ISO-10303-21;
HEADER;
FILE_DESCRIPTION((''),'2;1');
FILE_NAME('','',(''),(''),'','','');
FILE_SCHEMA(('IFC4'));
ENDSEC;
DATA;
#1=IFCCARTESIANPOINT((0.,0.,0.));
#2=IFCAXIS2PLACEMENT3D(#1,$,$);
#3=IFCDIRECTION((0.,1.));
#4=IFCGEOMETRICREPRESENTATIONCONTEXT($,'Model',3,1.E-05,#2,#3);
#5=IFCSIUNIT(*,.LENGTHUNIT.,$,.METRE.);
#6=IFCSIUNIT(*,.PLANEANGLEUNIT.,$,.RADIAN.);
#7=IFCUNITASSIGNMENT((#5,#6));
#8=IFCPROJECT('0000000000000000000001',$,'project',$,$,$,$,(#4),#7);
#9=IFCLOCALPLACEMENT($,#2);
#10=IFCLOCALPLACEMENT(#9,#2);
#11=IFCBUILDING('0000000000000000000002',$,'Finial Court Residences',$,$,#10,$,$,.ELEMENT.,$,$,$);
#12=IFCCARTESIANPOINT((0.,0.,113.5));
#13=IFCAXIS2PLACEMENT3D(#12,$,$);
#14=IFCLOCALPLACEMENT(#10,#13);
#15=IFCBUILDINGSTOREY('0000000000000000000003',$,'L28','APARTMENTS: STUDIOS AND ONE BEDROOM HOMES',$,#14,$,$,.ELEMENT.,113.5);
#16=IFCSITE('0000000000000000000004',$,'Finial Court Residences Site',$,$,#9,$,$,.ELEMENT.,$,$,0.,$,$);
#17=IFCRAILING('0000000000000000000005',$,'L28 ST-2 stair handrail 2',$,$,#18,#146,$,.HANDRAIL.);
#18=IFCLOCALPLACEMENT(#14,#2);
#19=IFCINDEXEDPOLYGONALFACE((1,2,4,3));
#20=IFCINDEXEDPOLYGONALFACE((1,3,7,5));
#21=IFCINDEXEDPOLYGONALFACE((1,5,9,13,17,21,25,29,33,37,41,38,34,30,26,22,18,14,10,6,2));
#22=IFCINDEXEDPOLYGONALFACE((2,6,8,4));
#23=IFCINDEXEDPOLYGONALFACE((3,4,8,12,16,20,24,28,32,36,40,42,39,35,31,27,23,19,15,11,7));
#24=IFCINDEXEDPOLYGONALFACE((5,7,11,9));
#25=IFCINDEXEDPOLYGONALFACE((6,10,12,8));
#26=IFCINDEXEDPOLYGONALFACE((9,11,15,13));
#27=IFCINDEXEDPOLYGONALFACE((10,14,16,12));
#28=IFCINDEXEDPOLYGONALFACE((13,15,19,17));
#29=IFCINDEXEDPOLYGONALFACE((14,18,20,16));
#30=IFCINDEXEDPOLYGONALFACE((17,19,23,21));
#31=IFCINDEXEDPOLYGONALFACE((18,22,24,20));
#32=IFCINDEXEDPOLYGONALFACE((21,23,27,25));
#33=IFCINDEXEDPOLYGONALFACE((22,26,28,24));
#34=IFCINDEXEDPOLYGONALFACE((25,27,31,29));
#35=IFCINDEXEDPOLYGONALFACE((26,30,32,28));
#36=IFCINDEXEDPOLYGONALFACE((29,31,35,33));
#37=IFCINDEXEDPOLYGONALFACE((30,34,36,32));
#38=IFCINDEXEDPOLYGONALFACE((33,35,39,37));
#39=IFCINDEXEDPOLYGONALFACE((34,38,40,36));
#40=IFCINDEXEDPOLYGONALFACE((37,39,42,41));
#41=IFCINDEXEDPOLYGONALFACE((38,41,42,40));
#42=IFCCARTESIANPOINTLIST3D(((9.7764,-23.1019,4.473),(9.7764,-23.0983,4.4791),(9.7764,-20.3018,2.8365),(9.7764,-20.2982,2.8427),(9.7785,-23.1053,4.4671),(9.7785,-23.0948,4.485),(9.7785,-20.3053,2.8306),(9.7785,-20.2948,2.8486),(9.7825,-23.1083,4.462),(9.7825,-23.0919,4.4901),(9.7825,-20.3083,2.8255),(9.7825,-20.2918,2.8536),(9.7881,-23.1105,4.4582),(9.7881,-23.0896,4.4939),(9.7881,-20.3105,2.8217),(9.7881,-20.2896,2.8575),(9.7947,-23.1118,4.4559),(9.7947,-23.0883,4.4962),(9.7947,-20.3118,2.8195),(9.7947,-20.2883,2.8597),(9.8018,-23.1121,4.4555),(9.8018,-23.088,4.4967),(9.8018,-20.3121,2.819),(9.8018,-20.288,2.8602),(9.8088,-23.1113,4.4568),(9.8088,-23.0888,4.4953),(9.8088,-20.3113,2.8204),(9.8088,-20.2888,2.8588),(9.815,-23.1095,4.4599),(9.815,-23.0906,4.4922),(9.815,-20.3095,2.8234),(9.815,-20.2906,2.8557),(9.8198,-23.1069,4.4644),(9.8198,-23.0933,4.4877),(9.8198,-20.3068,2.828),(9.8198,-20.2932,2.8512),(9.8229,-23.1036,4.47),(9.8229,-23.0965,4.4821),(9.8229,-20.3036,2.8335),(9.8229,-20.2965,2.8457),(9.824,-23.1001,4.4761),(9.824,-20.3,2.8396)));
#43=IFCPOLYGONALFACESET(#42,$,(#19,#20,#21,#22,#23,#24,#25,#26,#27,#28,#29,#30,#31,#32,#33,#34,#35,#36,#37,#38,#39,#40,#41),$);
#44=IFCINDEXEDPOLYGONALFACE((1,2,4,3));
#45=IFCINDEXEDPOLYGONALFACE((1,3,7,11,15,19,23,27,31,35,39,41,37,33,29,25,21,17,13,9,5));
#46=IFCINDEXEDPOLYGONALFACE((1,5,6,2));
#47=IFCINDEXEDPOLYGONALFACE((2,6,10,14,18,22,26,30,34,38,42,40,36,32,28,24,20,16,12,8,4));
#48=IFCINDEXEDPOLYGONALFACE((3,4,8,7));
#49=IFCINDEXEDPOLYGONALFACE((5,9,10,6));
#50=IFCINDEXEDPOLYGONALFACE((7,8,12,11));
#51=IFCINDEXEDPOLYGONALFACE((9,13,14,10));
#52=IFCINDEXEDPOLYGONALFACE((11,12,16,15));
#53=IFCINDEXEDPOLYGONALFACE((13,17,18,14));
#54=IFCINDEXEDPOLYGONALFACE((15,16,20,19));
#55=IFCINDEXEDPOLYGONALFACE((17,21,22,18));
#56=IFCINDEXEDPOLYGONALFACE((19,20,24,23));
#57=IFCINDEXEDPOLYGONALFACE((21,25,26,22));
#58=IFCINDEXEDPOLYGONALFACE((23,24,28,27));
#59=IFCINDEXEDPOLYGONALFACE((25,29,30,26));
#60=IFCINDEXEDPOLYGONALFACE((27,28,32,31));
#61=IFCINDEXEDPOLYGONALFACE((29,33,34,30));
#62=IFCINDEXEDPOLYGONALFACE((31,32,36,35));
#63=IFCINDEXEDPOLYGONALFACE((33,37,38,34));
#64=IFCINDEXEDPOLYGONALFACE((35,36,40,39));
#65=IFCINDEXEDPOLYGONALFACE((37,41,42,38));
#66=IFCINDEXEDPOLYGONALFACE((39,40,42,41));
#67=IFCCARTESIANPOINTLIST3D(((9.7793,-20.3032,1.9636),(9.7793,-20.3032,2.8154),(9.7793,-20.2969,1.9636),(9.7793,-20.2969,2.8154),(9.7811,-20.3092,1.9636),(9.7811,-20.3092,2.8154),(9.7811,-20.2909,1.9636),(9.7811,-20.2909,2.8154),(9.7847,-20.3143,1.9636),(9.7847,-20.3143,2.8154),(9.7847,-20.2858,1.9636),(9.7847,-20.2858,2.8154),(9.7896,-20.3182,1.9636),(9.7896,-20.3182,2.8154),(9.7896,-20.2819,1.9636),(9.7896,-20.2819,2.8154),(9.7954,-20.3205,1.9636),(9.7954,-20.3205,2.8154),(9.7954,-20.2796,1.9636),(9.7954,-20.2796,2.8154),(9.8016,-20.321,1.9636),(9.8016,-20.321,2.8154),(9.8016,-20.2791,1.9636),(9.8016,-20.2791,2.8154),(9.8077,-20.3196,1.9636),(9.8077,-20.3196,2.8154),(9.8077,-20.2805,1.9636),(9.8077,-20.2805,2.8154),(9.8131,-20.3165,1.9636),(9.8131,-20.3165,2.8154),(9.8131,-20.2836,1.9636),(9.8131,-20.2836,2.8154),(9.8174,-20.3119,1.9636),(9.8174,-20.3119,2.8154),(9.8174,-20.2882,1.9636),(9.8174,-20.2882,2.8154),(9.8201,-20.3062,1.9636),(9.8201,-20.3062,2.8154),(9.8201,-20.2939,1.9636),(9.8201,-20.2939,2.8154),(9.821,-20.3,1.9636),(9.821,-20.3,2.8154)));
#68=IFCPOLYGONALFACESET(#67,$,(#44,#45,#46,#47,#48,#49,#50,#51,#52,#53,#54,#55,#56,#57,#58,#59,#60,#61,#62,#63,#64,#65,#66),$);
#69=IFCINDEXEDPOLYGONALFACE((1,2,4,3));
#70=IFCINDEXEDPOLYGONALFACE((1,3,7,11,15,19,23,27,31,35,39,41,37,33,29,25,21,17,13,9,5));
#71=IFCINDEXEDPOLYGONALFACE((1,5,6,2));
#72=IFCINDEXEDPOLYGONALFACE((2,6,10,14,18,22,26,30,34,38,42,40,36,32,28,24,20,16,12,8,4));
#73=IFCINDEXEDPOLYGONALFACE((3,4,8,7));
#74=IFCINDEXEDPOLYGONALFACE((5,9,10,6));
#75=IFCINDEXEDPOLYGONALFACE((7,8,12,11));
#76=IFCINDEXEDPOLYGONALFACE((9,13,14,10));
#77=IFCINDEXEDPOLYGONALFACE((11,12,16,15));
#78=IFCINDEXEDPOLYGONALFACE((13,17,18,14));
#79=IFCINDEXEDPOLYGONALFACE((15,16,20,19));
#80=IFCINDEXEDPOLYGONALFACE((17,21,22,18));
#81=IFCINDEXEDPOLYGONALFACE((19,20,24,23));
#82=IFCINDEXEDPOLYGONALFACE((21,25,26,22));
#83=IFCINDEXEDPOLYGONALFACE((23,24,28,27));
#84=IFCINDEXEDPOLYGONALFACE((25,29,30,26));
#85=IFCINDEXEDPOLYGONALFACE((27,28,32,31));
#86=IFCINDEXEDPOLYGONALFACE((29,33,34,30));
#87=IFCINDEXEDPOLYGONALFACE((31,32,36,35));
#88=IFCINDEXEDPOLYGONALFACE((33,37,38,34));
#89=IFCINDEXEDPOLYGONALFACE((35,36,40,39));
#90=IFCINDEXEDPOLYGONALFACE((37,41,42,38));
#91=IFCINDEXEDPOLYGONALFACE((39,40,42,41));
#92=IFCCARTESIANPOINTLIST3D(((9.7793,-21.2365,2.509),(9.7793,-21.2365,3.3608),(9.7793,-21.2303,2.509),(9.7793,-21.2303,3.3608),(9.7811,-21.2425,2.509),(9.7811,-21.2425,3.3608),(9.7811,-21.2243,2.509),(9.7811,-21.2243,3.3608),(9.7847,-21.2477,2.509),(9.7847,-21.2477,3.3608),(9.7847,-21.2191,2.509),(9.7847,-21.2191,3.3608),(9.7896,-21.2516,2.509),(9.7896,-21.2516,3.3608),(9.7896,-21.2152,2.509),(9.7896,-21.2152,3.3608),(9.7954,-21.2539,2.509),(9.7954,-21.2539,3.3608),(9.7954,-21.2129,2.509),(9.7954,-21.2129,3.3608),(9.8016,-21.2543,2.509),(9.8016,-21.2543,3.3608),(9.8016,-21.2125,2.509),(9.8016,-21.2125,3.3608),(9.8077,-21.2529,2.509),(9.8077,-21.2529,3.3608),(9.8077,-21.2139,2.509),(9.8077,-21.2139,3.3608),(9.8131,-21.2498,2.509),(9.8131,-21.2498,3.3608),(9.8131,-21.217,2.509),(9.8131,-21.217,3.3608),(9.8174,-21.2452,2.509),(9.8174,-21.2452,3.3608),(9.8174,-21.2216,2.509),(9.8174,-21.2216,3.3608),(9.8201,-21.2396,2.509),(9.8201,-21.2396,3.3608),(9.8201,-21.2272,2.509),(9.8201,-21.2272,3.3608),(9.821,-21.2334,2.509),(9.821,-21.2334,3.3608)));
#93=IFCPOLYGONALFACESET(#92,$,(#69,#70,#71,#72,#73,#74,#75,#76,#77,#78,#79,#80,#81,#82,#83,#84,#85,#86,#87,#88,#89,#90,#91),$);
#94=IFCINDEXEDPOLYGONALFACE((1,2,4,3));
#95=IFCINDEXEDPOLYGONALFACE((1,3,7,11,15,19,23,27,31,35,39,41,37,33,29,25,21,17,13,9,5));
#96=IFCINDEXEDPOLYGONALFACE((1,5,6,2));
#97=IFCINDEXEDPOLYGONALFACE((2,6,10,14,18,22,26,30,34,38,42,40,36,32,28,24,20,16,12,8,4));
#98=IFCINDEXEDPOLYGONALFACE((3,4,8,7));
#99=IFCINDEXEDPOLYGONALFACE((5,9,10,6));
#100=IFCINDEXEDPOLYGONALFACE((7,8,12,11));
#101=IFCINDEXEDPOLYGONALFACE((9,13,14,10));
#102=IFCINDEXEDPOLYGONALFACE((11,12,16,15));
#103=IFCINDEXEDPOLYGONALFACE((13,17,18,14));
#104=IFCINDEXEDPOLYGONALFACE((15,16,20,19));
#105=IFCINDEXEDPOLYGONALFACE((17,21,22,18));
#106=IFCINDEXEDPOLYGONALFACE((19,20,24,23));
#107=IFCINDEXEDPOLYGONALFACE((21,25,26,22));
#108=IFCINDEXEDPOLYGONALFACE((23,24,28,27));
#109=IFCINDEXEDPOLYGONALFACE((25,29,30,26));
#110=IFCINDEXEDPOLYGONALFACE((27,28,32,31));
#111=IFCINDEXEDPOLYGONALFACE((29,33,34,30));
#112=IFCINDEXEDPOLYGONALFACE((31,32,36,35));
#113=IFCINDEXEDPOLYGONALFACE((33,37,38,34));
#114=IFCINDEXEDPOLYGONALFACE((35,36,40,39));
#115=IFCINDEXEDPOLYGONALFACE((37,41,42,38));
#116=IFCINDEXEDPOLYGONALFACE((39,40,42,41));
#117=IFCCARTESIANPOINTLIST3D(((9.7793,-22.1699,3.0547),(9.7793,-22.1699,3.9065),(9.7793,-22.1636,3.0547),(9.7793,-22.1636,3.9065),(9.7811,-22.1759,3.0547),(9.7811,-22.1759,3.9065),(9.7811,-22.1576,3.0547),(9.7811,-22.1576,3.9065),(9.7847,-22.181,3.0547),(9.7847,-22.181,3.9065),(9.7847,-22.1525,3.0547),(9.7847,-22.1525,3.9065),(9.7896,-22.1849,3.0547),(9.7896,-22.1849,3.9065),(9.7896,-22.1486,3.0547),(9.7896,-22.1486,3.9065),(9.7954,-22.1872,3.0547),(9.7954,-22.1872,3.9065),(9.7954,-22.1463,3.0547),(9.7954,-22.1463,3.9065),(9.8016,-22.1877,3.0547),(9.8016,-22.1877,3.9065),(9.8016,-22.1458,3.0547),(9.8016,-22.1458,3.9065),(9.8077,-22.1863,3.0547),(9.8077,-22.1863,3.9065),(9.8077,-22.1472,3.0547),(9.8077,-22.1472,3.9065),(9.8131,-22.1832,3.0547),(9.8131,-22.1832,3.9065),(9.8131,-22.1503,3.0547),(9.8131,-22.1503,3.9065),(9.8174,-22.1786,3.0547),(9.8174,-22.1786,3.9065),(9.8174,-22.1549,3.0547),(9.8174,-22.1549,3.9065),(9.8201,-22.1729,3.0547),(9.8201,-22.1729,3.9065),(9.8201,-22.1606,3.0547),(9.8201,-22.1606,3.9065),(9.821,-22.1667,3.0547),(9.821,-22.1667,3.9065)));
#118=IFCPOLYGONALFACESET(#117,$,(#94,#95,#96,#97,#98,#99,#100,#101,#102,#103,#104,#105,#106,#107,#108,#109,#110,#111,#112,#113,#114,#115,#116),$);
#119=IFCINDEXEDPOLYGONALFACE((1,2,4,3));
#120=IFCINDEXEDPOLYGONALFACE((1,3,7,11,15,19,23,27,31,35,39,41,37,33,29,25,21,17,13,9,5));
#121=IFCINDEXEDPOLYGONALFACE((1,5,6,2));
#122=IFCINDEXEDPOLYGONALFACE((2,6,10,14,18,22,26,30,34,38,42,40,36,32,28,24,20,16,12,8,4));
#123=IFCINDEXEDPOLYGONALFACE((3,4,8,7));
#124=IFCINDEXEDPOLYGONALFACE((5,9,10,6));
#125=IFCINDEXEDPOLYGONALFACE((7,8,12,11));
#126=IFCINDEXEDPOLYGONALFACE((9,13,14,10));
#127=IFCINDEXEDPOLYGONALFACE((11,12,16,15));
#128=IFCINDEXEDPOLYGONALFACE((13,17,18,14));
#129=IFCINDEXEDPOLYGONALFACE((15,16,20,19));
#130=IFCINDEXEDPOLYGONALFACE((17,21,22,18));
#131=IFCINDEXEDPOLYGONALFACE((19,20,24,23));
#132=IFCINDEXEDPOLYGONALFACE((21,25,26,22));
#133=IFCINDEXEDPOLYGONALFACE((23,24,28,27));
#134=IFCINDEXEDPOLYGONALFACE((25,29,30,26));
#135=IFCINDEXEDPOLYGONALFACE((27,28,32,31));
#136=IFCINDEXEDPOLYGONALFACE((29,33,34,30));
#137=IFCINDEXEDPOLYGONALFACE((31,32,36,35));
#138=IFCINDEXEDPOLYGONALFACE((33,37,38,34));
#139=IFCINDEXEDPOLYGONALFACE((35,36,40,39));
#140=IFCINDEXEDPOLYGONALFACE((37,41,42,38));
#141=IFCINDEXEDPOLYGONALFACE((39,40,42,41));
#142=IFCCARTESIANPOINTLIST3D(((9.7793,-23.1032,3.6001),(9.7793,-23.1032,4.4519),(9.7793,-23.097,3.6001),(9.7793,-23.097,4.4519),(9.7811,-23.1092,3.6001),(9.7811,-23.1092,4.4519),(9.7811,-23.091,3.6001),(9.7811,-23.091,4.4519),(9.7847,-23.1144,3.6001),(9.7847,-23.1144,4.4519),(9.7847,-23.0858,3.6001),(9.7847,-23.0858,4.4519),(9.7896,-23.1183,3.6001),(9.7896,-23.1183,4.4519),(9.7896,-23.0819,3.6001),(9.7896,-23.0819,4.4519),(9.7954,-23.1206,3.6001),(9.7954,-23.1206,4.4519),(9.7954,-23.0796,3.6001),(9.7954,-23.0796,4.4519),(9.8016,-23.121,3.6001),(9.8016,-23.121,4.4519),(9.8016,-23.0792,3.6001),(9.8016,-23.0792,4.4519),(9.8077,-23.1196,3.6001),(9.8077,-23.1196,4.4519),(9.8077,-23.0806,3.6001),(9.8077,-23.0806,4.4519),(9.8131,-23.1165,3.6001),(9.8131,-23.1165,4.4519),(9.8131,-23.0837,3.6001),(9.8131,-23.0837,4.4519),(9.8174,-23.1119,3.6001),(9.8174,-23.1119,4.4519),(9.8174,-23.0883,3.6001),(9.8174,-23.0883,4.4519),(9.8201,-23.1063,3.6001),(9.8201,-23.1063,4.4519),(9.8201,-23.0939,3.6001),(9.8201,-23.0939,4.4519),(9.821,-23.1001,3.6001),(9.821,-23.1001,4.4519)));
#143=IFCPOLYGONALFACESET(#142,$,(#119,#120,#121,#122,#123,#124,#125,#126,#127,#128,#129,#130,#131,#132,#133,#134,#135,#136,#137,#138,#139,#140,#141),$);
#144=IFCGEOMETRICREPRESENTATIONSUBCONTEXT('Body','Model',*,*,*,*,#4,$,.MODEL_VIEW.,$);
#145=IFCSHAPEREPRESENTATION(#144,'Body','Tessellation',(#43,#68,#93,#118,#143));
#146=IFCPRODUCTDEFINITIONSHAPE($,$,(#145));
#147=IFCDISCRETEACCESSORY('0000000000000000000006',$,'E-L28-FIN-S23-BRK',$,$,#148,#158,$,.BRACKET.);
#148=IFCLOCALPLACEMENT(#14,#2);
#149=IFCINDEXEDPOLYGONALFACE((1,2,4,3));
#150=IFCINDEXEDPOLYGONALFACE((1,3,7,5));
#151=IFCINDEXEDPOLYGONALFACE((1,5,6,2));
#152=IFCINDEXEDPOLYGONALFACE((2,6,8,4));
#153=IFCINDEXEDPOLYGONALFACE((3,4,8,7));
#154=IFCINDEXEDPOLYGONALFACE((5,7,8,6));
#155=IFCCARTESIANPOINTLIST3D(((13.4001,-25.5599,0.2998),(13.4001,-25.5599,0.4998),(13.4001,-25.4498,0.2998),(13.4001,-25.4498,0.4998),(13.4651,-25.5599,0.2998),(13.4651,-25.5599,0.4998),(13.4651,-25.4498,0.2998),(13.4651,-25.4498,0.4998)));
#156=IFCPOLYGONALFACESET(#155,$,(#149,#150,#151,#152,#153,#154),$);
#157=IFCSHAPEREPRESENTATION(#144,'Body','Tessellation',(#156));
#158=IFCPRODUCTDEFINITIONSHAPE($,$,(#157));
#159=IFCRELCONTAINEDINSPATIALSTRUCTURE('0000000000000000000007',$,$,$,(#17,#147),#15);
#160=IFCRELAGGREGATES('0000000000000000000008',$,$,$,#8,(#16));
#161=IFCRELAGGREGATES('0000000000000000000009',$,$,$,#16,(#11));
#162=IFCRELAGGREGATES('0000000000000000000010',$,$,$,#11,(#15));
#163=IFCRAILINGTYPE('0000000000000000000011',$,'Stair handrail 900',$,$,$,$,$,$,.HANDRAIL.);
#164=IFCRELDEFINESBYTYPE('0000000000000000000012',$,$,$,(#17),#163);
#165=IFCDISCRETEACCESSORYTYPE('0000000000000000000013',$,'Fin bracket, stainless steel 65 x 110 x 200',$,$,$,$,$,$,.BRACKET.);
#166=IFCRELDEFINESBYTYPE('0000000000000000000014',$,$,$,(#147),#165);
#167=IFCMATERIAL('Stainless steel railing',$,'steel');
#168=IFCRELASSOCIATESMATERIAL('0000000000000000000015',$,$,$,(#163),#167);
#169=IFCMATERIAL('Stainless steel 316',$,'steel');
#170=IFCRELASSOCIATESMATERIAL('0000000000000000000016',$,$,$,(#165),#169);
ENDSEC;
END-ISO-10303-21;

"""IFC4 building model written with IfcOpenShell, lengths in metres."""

from ifc_helpers import new_model, si_unit, direction, frame, origin, origin_2d, place, context, subcontext, project, spatial, rectangle, circle, extrude, material, type_object, element, save


model = new_model("IFC4")

# Units and contexts
model_context = context("Model", 3, precision=1e-05, world=origin(), true_north=direction((0.0, 1.0)))
body_context = subcontext(model_context, "Body", "Model", "MODEL_VIEW")
ifc_project = project(units=[si_unit("LENGTHUNIT", "METRE"), si_unit("PLANEANGLEUNIT", "RADIAN")], contexts=[model_context])

# Site, building, storey
site_placement = place(None, origin())
site = spatial("IfcSite", under=ifc_project, at=site_placement, Name="Finial Court Residences Site", CompositionType="ELEMENT", RefElevation=0.0)
building_placement = place(site_placement, origin())
building = spatial("IfcBuilding", under=site, at=building_placement, Name="Finial Court Residences", CompositionType="ELEMENT")
storey_placement = place(building_placement, frame((0.0, 0.0, 113.5)))
storey = spatial("IfcBuildingStorey", under=building, at=storey_placement, Name="L28", Description="APARTMENTS: STUDIOS AND ONE BEDROOM HOMES", CompositionType="ELEMENT", Elevation=113.5)

# Railing
ifc_material_1 = material(Name="Stainless steel railing", Category="steel")
railing_type_1 = type_object("IfcRailingType", Name="Stair handrail 900", PredefinedType="HANDRAIL", material=ifc_material_1)
railing_1_placement = place(storey_placement, frame((9.8, -20.3, 1.9636)))
element("IfcRailing", 1, at=railing_1_placement, inside=storey, type_object=railing_type_1, Name="L28 ST-2 stair handrail 2", PredefinedType="HANDRAIL", context=body_context, shape_type="SweptSolid", body=[
    extrude(circle(Radius=0.0239, at=origin_2d()), frame((0.0, 0.0, 0.876), z_axis=(0.0, -0.863361, 0.504587), x_axis=(1.0, 0.0, 0.0)), (0.0, 0.0, 1.0), 3.2432),
    extrude(circle(Radius=0.021, at=origin_2d()), origin(), (0.0, 0.0, 1.0), 0.8518),
    extrude(circle(Radius=0.021, at=origin_2d()), frame((0.0, -0.9333, 0.5454)), (0.0, 0.0, 1.0), 0.8518),
    extrude(circle(Radius=0.021, at=origin_2d()), frame((0.0, -1.8667, 1.0911)), (0.0, 0.0, 1.0), 0.8518),
    extrude(circle(Radius=0.021, at=origin_2d()), frame((0.0, -2.8, 1.6365)), (0.0, 0.0, 1.0), 0.8518),
])

# Discrete accessory
ifc_material_2 = material(Name="Stainless steel 316", Category="steel")
discrete_accessory_type = type_object("IfcDiscreteAccessoryType", Name="Fin bracket, stainless steel 65 x 110 x 200", PredefinedType="BRACKET", material=ifc_material_2)
discrete_accessory_placement = place(storey_placement, frame((13.4326, -25.5049, 0.2998), z_axis=(0.0, 0.0, 1.0), x_axis=(1.0, 0.0, 0.0)))
element("IfcDiscreteAccessory", 2, at=discrete_accessory_placement, inside=storey, type_object=discrete_accessory_type, Name="E-L28-FIN-S23-BRK", PredefinedType="BRACKET", context=body_context, shape_type="SweptSolid", body=[
    extrude(rectangle(XDim=0.0649, YDim=0.1101, at=origin_2d()), origin(), (0.0, 0.0, 1.0), 0.2),
])

save(model, "model.ifc")
